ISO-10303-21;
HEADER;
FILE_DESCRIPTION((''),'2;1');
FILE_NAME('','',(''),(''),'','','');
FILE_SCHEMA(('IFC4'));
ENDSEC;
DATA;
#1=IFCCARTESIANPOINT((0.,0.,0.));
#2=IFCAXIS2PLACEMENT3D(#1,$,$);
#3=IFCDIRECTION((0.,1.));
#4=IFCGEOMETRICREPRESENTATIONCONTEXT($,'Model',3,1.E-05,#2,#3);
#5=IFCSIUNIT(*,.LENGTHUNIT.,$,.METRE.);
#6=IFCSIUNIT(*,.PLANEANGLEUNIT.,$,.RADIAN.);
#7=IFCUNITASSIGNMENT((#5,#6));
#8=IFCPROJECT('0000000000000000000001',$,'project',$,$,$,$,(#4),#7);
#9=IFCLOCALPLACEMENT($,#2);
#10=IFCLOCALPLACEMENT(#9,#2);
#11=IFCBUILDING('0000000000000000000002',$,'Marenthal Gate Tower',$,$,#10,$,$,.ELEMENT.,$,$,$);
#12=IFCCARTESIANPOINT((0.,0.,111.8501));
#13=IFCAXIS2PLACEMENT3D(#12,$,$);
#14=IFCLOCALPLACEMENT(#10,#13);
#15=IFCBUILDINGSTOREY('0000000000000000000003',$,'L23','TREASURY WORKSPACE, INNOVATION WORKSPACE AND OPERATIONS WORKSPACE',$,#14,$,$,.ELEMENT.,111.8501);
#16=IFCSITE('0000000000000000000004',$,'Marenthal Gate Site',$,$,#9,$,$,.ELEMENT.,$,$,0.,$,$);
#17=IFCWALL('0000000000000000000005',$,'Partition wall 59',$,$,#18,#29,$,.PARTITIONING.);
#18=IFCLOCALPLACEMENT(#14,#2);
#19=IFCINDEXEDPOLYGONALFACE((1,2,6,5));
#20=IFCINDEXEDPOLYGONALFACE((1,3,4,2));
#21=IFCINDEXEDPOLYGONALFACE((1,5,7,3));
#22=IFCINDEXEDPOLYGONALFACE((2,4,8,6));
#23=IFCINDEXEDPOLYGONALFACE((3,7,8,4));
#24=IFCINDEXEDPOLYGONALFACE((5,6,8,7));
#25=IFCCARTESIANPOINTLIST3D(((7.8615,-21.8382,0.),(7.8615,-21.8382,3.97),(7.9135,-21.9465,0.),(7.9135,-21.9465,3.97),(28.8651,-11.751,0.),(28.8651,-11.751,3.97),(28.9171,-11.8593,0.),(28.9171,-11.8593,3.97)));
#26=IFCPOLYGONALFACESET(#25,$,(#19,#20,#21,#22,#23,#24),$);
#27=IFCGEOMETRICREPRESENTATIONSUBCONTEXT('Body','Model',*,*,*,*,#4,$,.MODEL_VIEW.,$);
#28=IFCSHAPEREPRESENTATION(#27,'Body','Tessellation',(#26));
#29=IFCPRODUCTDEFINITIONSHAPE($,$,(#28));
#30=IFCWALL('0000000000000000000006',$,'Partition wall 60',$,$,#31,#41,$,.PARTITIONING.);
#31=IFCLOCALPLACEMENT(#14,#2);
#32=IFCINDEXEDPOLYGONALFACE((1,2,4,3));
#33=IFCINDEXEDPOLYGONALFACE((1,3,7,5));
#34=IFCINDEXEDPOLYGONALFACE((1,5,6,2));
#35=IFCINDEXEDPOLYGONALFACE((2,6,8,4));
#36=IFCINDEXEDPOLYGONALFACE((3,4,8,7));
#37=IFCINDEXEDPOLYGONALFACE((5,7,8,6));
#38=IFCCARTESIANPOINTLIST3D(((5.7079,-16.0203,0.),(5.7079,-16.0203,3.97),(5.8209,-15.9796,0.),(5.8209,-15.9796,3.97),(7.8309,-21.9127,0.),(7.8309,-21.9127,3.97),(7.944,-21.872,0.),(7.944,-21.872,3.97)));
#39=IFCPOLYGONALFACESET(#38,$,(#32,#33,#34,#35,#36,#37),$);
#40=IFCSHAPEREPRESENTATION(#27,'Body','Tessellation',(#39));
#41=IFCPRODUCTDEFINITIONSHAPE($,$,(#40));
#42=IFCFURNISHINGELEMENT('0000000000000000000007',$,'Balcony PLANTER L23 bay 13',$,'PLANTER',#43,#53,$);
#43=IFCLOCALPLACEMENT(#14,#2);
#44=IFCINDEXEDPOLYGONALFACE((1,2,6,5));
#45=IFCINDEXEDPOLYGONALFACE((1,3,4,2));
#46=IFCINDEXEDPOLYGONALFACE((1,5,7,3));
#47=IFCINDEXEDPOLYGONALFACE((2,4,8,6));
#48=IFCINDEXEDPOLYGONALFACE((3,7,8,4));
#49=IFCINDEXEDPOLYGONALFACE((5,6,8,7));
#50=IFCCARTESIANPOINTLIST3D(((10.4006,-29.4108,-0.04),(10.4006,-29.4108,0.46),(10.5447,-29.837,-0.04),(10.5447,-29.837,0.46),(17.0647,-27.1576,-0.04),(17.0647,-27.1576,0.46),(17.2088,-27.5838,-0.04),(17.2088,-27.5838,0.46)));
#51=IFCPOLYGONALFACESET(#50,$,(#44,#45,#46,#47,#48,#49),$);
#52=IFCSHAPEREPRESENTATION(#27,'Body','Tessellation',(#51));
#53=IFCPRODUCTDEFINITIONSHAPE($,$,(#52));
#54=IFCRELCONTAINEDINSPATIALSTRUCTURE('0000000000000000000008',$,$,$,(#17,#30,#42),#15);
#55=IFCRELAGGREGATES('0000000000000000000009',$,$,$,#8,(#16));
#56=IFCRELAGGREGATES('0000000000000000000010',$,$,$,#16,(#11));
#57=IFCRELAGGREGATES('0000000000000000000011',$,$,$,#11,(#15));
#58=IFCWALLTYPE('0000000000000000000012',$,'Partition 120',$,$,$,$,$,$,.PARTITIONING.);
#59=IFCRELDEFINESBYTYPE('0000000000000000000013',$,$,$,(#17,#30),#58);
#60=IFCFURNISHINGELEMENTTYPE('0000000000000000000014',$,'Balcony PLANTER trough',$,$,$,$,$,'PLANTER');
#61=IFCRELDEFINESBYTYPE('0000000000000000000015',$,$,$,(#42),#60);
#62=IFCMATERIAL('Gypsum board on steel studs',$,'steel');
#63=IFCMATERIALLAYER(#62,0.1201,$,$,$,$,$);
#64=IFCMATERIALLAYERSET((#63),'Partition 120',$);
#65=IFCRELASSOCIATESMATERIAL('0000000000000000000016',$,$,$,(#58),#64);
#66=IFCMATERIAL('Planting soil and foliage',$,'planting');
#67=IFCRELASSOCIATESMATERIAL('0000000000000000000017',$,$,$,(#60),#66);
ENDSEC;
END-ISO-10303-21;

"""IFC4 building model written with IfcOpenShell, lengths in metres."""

from ifc_helpers import new_model, si_unit, direction, frame, frame_2d, origin, origin_2d, place, context, subcontext, project, spatial, rectangle, extrude, material, layer, layer_set, type_object, element, save


model = new_model("IFC4")

# Units and contexts
model_context = context("Model", 3, precision=1e-05, world=origin(), true_north=direction((0.0, 1.0)))
body_context = subcontext(model_context, "Body", "Model", "MODEL_VIEW")
ifc_project = project(units=[si_unit("LENGTHUNIT", "METRE"), si_unit("PLANEANGLEUNIT", "RADIAN")], contexts=[model_context])

# Site, building, storey
site_placement = place(None, origin())
site = spatial("IfcSite", under=ifc_project, at=site_placement, Name="Marenthal Gate Site", CompositionType="ELEMENT", RefElevation=0.0)
building_placement = place(site_placement, origin())
building = spatial("IfcBuilding", under=site, at=building_placement, Name="Marenthal Gate Tower", CompositionType="ELEMENT")
storey_placement = place(building_placement, frame((0.0, 0.0, 111.8501)))
storey = spatial("IfcBuildingStorey", under=building, at=storey_placement, Name="L23", Description="TREASURY WORKSPACE, INNOVATION WORKSPACE AND OPERATIONS WORKSPACE", CompositionType="ELEMENT", Elevation=111.8501)

# Walls
ifc_material_1 = material(Name="Gypsum board on steel studs", Category="steel")
ifc_layer_1 = layer(ifc_material_1, 0.1201)
ifc_layer_set_1 = layer_set([ifc_layer_1], Name="Partition 120")
wall_type_1 = type_object("IfcWallType", Name="Partition 120", PredefinedType="PARTITIONING", material=ifc_layer_set_1)
wall_1_placement = place(storey_placement, frame((7.8875, -21.8923, 0.0), z_axis=(0.0, 0.0, 1.0), x_axis=(0.901433, 0.432919, 0.0)))
element("IfcWall", 1, at=wall_1_placement, inside=storey, type_object=wall_type_1, Name="Partition wall 59", PredefinedType="PARTITIONING", context=body_context, shape_type="SweptSolid", body=[
    extrude(rectangle(XDim=23.3003, YDim=0.1201, at=frame_2d((11.6501, 0.0))), origin(), (0.0, 0.0, 1.0), 3.97),
])
wall_2_placement = place(storey_placement, frame((7.8875, -21.8923, 0.0), z_axis=(0.0, 0.0, 1.0), x_axis=(-0.338975, 0.940795, 0.0)))
element("IfcWall", 2, at=wall_2_placement, inside=storey, type_object=wall_type_1, Name="Partition wall 60", PredefinedType="PARTITIONING", context=body_context, shape_type="SweptSolid", body=[
    extrude(rectangle(XDim=6.2632, YDim=0.1201, at=frame_2d((3.1316, 0.0))), origin(), (0.0, 0.0, 1.0), 3.97),
])

# Furnishing element
ifc_material_2 = material(Name="Planting soil and foliage", Category="planting")
furnishing_element_type = type_object("IfcFurnishingElementType", Name="Balcony PLANTER trough", ElementType="PLANTER", material=ifc_material_2)
furnishing_placement = place(storey_placement, frame((13.8047, -28.4973, -0.04), z_axis=(0.0, 0.0, 1.0), x_axis=(0.947316, 0.3203, 0.0)))
element("IfcFurnishingElement", 3, at=furnishing_placement, inside=storey, type_object=furnishing_element_type, Name="Balcony PLANTER L23 bay 13", ObjectType="PLANTER", context=body_context, shape_type="SweptSolid", body=[
    extrude(rectangle(XDim=7.0347, YDim=0.45, at=origin_2d()), origin(), (0.0, 0.0, 1.0), 0.5),
])

save(model, "model.ifc")
